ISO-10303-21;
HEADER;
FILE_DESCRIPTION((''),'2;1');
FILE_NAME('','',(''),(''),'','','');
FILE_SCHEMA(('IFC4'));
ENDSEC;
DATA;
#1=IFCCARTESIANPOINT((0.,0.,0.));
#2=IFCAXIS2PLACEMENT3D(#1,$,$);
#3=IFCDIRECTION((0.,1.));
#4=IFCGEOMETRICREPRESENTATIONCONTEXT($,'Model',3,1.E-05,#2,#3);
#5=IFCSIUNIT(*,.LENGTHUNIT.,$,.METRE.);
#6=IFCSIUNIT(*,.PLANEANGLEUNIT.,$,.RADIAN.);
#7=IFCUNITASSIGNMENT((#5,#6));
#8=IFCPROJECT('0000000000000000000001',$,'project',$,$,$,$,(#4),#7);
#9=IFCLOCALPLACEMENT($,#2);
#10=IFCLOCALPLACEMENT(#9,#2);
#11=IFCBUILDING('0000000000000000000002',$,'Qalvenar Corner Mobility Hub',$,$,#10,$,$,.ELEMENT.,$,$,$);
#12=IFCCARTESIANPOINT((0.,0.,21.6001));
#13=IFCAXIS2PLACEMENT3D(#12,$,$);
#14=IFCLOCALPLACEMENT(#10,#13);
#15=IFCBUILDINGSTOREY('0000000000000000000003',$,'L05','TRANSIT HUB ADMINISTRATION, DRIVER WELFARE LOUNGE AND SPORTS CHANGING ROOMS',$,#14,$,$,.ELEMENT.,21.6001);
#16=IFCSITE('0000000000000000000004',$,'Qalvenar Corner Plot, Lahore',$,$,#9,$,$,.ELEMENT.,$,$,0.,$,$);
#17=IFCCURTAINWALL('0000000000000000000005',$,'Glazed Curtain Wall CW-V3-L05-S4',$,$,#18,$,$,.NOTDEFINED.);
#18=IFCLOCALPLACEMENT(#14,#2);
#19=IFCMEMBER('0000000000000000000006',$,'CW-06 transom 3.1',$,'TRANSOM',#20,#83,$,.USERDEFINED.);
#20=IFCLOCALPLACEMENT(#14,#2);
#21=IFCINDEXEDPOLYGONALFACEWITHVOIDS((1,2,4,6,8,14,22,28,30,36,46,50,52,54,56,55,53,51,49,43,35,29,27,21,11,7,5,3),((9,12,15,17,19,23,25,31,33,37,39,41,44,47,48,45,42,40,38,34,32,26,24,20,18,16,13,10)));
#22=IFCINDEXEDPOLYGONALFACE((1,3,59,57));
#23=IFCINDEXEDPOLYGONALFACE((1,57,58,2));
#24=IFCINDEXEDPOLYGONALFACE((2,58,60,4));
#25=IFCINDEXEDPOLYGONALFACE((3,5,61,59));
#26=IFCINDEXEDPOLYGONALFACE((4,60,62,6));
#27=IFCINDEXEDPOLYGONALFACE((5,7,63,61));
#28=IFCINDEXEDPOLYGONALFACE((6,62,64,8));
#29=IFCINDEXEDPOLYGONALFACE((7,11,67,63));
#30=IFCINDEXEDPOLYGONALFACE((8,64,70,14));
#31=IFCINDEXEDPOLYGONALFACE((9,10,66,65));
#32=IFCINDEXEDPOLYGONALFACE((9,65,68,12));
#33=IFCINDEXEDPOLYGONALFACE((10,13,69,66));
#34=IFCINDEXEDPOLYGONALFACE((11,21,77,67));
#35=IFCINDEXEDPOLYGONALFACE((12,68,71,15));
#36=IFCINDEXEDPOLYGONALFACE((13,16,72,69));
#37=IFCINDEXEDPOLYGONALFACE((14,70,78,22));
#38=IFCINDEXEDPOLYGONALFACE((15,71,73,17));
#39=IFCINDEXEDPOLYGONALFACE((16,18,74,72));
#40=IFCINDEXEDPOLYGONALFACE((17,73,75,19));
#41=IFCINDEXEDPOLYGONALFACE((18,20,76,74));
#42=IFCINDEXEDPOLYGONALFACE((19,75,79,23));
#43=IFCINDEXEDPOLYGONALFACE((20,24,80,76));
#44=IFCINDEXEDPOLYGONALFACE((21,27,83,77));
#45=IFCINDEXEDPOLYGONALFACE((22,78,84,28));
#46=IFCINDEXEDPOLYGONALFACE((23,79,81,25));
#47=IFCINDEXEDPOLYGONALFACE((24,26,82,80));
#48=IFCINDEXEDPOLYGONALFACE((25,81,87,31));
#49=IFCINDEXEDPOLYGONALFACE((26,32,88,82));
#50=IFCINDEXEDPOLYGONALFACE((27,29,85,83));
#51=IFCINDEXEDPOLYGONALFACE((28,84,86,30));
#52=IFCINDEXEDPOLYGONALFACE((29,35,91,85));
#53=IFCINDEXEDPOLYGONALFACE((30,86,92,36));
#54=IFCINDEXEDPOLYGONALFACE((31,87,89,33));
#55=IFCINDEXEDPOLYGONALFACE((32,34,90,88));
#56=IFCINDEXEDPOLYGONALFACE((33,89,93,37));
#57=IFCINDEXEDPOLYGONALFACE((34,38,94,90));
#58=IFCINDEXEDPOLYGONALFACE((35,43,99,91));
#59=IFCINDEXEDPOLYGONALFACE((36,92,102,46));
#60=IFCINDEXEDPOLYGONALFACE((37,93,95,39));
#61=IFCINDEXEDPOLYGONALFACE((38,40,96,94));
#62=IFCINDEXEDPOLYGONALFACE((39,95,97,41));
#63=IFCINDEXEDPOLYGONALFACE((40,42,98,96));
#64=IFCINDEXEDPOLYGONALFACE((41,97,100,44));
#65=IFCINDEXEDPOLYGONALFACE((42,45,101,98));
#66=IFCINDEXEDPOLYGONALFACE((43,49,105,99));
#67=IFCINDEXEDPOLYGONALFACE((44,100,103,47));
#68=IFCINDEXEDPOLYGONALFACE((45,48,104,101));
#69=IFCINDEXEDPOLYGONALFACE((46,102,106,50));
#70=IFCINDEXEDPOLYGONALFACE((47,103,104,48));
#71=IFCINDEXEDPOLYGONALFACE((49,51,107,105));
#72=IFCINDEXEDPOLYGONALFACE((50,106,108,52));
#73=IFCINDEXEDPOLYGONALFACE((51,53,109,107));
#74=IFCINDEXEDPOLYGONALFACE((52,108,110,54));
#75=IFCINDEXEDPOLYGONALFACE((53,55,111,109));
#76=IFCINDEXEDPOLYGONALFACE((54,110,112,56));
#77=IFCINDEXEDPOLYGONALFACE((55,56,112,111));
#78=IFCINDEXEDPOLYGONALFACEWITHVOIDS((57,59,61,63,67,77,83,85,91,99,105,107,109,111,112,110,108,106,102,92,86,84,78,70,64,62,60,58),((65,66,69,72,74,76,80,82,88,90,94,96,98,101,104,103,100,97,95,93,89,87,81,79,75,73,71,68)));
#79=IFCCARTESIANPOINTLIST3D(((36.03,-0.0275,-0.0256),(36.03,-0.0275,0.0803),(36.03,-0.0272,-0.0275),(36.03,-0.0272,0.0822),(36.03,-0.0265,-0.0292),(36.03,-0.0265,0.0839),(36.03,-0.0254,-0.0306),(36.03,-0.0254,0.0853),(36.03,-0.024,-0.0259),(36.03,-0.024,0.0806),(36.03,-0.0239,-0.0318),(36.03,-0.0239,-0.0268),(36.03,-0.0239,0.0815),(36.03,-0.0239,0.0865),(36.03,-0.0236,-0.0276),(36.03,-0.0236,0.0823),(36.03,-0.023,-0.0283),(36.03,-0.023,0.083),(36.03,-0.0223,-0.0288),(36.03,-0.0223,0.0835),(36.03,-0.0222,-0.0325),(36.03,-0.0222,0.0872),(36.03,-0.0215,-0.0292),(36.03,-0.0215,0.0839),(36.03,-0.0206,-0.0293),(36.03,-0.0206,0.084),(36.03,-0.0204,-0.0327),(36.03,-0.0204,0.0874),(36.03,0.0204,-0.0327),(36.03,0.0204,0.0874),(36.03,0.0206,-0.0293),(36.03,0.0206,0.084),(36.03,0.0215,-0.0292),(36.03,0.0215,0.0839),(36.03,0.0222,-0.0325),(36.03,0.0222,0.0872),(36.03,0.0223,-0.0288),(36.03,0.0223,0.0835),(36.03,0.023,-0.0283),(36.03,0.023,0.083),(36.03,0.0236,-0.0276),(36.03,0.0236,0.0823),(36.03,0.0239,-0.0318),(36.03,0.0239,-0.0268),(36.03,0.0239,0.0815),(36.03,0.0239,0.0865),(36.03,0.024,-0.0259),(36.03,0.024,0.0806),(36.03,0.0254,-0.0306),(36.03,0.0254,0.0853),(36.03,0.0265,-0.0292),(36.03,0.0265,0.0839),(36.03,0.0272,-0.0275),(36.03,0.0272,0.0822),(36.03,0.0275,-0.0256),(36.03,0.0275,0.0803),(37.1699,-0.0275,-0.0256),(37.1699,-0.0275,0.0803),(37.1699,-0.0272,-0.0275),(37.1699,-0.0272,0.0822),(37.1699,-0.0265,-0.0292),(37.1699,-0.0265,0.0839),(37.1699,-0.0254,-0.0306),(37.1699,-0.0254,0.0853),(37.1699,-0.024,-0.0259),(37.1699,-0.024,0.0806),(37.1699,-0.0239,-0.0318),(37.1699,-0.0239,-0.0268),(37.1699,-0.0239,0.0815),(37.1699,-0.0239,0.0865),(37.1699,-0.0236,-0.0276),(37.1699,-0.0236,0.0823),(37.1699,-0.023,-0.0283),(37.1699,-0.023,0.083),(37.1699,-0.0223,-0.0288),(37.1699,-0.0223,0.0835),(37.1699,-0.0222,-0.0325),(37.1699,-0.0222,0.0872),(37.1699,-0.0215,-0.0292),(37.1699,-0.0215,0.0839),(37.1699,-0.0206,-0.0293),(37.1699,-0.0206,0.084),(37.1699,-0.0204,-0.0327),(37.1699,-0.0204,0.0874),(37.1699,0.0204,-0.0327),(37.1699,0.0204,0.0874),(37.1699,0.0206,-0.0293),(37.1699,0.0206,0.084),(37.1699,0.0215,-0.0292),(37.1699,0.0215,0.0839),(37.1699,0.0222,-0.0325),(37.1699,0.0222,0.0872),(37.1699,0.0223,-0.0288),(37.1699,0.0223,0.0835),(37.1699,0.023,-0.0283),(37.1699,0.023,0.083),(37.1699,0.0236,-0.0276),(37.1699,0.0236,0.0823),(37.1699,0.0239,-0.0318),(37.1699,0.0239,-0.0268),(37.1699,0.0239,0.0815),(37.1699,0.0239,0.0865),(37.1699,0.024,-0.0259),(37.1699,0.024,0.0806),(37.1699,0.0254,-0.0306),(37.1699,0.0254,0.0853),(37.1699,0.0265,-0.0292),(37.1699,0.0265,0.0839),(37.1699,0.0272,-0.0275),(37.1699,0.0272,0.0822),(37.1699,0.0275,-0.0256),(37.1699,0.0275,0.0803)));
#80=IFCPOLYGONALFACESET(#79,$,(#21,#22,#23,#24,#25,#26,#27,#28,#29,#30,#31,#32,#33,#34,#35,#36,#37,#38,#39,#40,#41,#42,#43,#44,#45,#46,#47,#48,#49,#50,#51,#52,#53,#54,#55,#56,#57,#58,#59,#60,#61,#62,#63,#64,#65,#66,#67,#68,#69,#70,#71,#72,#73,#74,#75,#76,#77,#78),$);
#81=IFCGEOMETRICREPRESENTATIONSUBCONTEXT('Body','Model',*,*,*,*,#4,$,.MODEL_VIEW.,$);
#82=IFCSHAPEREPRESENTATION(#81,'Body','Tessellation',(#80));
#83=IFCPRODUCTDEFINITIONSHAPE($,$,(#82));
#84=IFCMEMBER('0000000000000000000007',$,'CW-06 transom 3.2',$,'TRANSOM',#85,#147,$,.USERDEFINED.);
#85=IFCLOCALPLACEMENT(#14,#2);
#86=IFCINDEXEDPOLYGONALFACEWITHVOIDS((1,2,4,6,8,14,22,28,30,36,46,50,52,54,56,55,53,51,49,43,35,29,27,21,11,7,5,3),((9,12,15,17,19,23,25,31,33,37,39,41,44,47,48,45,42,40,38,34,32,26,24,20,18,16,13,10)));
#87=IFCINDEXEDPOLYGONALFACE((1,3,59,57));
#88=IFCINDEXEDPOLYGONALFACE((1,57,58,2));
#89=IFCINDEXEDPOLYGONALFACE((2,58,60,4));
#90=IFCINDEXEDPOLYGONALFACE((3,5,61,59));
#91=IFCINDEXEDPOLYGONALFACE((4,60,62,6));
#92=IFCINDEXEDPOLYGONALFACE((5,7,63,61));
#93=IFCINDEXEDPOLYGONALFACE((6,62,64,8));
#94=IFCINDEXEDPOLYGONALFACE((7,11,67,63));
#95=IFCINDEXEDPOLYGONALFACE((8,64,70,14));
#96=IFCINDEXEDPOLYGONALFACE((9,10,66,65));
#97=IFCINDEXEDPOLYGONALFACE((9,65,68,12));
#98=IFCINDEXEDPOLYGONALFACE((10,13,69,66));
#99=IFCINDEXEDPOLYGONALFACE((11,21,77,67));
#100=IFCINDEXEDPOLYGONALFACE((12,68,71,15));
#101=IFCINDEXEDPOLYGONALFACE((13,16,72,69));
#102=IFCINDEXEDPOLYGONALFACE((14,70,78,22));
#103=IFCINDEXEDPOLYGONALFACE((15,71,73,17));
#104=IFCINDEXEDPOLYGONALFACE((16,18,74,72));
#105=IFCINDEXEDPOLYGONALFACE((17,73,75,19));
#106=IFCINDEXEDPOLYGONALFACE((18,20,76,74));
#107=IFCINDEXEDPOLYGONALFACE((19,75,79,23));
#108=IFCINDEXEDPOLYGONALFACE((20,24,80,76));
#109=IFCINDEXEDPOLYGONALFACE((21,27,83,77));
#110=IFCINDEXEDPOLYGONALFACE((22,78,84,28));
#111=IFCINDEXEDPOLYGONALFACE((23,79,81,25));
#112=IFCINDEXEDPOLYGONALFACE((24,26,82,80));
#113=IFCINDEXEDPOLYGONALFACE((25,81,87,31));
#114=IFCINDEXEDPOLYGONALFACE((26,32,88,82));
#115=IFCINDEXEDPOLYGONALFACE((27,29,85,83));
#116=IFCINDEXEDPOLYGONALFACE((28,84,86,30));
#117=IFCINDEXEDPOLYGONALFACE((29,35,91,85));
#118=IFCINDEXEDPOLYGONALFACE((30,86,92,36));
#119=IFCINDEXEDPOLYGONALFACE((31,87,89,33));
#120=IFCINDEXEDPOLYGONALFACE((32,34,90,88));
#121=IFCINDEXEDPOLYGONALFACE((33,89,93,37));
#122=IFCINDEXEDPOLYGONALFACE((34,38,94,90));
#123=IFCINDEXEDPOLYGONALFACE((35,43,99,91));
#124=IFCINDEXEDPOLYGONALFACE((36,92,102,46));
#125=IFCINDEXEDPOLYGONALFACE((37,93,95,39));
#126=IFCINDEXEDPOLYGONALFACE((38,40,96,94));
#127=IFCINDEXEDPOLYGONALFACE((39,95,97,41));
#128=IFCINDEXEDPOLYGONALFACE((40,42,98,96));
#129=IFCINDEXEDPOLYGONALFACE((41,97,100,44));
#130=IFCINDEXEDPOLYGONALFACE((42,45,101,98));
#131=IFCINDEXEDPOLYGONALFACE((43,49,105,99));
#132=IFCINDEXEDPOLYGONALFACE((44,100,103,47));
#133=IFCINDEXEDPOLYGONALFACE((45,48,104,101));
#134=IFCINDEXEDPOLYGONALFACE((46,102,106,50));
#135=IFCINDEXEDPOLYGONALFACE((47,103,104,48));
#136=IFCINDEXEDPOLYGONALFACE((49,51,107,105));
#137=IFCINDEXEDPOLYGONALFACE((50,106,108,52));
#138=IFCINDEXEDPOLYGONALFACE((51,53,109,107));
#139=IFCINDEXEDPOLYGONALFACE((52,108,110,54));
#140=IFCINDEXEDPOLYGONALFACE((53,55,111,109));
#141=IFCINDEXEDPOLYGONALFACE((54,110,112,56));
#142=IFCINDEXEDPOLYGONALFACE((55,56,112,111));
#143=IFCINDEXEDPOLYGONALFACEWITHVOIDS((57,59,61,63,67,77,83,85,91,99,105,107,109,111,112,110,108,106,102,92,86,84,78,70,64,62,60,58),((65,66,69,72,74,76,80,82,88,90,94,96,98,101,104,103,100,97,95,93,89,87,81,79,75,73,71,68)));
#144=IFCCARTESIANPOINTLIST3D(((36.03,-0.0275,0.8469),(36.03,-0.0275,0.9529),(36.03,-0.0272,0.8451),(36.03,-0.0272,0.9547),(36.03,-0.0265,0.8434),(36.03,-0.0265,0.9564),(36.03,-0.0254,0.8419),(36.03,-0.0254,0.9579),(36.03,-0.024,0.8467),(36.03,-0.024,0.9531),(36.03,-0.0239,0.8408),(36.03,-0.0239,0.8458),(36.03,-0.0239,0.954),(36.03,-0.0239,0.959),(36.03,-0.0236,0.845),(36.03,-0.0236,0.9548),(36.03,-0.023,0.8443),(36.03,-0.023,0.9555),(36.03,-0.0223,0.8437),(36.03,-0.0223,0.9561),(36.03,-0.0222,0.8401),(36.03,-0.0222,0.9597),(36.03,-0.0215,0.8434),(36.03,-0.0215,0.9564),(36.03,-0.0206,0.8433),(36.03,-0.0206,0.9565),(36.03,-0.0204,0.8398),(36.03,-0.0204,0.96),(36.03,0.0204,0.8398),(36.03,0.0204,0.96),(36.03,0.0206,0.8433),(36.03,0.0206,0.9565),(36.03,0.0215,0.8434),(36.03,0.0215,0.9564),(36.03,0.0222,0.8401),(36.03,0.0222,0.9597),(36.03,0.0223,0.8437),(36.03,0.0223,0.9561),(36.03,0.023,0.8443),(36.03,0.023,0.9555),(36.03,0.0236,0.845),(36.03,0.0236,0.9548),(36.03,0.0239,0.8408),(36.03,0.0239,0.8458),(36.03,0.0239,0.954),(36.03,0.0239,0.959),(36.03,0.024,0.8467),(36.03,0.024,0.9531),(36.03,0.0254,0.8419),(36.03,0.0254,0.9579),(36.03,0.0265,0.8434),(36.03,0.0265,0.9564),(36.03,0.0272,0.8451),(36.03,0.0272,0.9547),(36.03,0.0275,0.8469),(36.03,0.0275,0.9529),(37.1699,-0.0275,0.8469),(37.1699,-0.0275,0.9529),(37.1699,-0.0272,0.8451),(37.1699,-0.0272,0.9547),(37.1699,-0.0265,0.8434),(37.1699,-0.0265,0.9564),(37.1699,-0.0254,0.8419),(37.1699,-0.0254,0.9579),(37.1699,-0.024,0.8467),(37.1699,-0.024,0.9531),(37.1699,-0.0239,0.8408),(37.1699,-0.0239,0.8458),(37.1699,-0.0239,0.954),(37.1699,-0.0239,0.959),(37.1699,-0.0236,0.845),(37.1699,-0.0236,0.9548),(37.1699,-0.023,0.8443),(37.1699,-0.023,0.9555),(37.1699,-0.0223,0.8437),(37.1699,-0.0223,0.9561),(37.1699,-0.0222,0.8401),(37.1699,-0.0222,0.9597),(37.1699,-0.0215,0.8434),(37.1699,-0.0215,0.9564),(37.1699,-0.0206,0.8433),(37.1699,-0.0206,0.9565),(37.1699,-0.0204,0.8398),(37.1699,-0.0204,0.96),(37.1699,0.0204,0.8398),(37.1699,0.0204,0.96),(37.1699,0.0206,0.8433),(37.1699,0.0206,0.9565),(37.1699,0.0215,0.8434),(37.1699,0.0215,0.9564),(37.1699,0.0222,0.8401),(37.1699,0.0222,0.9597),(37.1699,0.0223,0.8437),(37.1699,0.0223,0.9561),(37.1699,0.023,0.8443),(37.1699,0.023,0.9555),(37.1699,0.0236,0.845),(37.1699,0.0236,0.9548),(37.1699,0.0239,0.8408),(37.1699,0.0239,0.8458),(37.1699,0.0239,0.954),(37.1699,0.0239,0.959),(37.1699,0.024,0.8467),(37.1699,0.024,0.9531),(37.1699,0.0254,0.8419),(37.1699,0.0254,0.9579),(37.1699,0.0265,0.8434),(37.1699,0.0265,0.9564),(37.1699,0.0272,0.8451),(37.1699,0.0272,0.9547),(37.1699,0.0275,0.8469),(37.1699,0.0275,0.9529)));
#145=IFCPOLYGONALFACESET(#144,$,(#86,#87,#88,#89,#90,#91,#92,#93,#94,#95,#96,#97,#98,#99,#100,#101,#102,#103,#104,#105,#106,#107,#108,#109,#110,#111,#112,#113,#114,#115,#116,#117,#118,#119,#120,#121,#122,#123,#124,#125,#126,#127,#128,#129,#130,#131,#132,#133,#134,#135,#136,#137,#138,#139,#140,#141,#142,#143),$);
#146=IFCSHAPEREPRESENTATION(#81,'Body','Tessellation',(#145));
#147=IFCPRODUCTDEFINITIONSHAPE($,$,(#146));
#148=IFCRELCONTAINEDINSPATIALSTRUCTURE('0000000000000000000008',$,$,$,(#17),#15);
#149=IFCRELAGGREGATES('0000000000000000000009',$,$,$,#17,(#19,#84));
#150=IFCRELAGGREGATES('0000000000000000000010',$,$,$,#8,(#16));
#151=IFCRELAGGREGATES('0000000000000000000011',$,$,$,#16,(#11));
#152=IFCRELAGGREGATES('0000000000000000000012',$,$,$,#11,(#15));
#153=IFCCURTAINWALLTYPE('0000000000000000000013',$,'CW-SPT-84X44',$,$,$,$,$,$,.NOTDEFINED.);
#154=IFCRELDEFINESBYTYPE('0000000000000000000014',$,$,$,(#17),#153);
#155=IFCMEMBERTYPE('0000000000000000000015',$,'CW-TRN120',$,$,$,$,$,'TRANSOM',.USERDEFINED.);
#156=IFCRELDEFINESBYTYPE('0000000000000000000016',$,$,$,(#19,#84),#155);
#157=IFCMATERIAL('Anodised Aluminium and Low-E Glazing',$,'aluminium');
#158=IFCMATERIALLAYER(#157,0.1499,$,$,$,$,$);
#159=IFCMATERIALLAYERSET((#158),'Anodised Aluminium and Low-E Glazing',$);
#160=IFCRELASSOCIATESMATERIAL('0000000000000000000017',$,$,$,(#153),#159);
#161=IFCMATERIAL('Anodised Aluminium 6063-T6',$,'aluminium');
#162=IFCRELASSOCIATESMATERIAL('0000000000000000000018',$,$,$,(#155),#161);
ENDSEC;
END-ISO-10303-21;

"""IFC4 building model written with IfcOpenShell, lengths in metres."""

from ifc_helpers import new_model, si_unit, direction, frame, origin, origin_2d, place, context, subcontext, project, spatial, hollow_rectangle, extrude, material, layer, layer_set, material_profile, profile_set, type_object, element, aggregate, save


model = new_model("IFC4")

# Units and contexts
model_context = context("Model", 3, precision=1e-05, world=origin(), true_north=direction((0.0, 1.0)))
body_context = subcontext(model_context, "Body", "Model", "MODEL_VIEW")
ifc_project = project(units=[si_unit("LENGTHUNIT", "METRE"), si_unit("PLANEANGLEUNIT", "RADIAN")], contexts=[model_context])

# Site, building, storey
site_placement = place(None, origin())
site = spatial("IfcSite", under=ifc_project, at=site_placement, Name="Qalvenar Corner Plot, Lahore", CompositionType="ELEMENT", RefElevation=0.0)
building_placement = place(site_placement, origin())
building = spatial("IfcBuilding", under=site, at=building_placement, Name="Qalvenar Corner Mobility Hub", CompositionType="ELEMENT")
storey_placement = place(building_placement, frame((0.0, 0.0, 21.6001)))
storey = spatial("IfcBuildingStorey", under=building, at=storey_placement, Name="L05", Description="TRANSIT HUB ADMINISTRATION, DRIVER WELFARE LOUNGE AND SPORTS CHANGING ROOMS", CompositionType="ELEMENT", Elevation=21.6001)

# Curtain wall, members
ifc_material_1 = material(Name="Anodised Aluminium and Low-E Glazing", Category="aluminium")
ifc_layer_1 = layer(ifc_material_1, 0.1499)
ifc_layer_set_1 = layer_set([ifc_layer_1], Name="Anodised Aluminium and Low-E Glazing")
curtain_wall_type = type_object("IfcCurtainWallType", Name="CW-SPT-84X44", PredefinedType="NOTDEFINED", material=ifc_layer_set_1)
curtain_wall_placement = place(storey_placement, origin())
curtain_wall = element("IfcCurtainWall", 1, at=curtain_wall_placement, inside=storey, type_object=curtain_wall_type, Name="Glazed Curtain Wall CW-V3-L05-S4", PredefinedType="NOTDEFINED")
ifc_material_2 = material(Name="Anodised Aluminium 6063-T6", Category="aluminium")
ifc_material_profile_1 = material_profile(ifc_material_2, hollow_rectangle(XDim=0.0549, YDim=0.1201, WallThickness=0.0034, InnerFilletRadius=0.0034, OuterFilletRadius=0.0071, at=origin_2d()), Name="RHS120x55x3.5")
ifc_profile_set_1 = profile_set([ifc_material_profile_1], Name="Anodised Aluminium 6063-T6")
member_type_1 = type_object("IfcMemberType", Name="CW-TRN120", ElementType="TRANSOM", PredefinedType="USERDEFINED", material=ifc_profile_set_1)
member_1_placement = place(storey_placement, frame((36.03, 0.0, 0.0273), z_axis=(1.0, 0.0, 0.0), x_axis=(0.0, 1.0, 0.0)))
member_1 = element("IfcMember", 2, at=member_1_placement, type_object=member_type_1, Name="CW-06 transom 3.1", ObjectType="TRANSOM", PredefinedType="USERDEFINED", context=body_context, shape_type="SweptSolid", body=[
    extrude(hollow_rectangle(XDim=0.0549, YDim=0.1201, WallThickness=0.0034, InnerFilletRadius=0.0034, OuterFilletRadius=0.0071, at=origin_2d()), origin(), (0.0, 0.0, 1.0), 1.1399),
])
member_2_placement = place(storey_placement, frame((36.03, 0.0, 0.8999), z_axis=(1.0, 0.0, 0.0), x_axis=(0.0, 1.0, 0.0)))
member_2 = element("IfcMember", 3, at=member_2_placement, type_object=member_type_1, Name="CW-06 transom 3.2", ObjectType="TRANSOM", PredefinedType="USERDEFINED", context=body_context, shape_type="SweptSolid", body=[
    extrude(hollow_rectangle(XDim=0.0549, YDim=0.1201, WallThickness=0.0034, InnerFilletRadius=0.0034, OuterFilletRadius=0.0071, at=origin_2d()), origin(), (0.0, 0.0, 1.0), 1.1399),
])
aggregate(curtain_wall, [member_1, member_2])

save(model, "model.ifc")
